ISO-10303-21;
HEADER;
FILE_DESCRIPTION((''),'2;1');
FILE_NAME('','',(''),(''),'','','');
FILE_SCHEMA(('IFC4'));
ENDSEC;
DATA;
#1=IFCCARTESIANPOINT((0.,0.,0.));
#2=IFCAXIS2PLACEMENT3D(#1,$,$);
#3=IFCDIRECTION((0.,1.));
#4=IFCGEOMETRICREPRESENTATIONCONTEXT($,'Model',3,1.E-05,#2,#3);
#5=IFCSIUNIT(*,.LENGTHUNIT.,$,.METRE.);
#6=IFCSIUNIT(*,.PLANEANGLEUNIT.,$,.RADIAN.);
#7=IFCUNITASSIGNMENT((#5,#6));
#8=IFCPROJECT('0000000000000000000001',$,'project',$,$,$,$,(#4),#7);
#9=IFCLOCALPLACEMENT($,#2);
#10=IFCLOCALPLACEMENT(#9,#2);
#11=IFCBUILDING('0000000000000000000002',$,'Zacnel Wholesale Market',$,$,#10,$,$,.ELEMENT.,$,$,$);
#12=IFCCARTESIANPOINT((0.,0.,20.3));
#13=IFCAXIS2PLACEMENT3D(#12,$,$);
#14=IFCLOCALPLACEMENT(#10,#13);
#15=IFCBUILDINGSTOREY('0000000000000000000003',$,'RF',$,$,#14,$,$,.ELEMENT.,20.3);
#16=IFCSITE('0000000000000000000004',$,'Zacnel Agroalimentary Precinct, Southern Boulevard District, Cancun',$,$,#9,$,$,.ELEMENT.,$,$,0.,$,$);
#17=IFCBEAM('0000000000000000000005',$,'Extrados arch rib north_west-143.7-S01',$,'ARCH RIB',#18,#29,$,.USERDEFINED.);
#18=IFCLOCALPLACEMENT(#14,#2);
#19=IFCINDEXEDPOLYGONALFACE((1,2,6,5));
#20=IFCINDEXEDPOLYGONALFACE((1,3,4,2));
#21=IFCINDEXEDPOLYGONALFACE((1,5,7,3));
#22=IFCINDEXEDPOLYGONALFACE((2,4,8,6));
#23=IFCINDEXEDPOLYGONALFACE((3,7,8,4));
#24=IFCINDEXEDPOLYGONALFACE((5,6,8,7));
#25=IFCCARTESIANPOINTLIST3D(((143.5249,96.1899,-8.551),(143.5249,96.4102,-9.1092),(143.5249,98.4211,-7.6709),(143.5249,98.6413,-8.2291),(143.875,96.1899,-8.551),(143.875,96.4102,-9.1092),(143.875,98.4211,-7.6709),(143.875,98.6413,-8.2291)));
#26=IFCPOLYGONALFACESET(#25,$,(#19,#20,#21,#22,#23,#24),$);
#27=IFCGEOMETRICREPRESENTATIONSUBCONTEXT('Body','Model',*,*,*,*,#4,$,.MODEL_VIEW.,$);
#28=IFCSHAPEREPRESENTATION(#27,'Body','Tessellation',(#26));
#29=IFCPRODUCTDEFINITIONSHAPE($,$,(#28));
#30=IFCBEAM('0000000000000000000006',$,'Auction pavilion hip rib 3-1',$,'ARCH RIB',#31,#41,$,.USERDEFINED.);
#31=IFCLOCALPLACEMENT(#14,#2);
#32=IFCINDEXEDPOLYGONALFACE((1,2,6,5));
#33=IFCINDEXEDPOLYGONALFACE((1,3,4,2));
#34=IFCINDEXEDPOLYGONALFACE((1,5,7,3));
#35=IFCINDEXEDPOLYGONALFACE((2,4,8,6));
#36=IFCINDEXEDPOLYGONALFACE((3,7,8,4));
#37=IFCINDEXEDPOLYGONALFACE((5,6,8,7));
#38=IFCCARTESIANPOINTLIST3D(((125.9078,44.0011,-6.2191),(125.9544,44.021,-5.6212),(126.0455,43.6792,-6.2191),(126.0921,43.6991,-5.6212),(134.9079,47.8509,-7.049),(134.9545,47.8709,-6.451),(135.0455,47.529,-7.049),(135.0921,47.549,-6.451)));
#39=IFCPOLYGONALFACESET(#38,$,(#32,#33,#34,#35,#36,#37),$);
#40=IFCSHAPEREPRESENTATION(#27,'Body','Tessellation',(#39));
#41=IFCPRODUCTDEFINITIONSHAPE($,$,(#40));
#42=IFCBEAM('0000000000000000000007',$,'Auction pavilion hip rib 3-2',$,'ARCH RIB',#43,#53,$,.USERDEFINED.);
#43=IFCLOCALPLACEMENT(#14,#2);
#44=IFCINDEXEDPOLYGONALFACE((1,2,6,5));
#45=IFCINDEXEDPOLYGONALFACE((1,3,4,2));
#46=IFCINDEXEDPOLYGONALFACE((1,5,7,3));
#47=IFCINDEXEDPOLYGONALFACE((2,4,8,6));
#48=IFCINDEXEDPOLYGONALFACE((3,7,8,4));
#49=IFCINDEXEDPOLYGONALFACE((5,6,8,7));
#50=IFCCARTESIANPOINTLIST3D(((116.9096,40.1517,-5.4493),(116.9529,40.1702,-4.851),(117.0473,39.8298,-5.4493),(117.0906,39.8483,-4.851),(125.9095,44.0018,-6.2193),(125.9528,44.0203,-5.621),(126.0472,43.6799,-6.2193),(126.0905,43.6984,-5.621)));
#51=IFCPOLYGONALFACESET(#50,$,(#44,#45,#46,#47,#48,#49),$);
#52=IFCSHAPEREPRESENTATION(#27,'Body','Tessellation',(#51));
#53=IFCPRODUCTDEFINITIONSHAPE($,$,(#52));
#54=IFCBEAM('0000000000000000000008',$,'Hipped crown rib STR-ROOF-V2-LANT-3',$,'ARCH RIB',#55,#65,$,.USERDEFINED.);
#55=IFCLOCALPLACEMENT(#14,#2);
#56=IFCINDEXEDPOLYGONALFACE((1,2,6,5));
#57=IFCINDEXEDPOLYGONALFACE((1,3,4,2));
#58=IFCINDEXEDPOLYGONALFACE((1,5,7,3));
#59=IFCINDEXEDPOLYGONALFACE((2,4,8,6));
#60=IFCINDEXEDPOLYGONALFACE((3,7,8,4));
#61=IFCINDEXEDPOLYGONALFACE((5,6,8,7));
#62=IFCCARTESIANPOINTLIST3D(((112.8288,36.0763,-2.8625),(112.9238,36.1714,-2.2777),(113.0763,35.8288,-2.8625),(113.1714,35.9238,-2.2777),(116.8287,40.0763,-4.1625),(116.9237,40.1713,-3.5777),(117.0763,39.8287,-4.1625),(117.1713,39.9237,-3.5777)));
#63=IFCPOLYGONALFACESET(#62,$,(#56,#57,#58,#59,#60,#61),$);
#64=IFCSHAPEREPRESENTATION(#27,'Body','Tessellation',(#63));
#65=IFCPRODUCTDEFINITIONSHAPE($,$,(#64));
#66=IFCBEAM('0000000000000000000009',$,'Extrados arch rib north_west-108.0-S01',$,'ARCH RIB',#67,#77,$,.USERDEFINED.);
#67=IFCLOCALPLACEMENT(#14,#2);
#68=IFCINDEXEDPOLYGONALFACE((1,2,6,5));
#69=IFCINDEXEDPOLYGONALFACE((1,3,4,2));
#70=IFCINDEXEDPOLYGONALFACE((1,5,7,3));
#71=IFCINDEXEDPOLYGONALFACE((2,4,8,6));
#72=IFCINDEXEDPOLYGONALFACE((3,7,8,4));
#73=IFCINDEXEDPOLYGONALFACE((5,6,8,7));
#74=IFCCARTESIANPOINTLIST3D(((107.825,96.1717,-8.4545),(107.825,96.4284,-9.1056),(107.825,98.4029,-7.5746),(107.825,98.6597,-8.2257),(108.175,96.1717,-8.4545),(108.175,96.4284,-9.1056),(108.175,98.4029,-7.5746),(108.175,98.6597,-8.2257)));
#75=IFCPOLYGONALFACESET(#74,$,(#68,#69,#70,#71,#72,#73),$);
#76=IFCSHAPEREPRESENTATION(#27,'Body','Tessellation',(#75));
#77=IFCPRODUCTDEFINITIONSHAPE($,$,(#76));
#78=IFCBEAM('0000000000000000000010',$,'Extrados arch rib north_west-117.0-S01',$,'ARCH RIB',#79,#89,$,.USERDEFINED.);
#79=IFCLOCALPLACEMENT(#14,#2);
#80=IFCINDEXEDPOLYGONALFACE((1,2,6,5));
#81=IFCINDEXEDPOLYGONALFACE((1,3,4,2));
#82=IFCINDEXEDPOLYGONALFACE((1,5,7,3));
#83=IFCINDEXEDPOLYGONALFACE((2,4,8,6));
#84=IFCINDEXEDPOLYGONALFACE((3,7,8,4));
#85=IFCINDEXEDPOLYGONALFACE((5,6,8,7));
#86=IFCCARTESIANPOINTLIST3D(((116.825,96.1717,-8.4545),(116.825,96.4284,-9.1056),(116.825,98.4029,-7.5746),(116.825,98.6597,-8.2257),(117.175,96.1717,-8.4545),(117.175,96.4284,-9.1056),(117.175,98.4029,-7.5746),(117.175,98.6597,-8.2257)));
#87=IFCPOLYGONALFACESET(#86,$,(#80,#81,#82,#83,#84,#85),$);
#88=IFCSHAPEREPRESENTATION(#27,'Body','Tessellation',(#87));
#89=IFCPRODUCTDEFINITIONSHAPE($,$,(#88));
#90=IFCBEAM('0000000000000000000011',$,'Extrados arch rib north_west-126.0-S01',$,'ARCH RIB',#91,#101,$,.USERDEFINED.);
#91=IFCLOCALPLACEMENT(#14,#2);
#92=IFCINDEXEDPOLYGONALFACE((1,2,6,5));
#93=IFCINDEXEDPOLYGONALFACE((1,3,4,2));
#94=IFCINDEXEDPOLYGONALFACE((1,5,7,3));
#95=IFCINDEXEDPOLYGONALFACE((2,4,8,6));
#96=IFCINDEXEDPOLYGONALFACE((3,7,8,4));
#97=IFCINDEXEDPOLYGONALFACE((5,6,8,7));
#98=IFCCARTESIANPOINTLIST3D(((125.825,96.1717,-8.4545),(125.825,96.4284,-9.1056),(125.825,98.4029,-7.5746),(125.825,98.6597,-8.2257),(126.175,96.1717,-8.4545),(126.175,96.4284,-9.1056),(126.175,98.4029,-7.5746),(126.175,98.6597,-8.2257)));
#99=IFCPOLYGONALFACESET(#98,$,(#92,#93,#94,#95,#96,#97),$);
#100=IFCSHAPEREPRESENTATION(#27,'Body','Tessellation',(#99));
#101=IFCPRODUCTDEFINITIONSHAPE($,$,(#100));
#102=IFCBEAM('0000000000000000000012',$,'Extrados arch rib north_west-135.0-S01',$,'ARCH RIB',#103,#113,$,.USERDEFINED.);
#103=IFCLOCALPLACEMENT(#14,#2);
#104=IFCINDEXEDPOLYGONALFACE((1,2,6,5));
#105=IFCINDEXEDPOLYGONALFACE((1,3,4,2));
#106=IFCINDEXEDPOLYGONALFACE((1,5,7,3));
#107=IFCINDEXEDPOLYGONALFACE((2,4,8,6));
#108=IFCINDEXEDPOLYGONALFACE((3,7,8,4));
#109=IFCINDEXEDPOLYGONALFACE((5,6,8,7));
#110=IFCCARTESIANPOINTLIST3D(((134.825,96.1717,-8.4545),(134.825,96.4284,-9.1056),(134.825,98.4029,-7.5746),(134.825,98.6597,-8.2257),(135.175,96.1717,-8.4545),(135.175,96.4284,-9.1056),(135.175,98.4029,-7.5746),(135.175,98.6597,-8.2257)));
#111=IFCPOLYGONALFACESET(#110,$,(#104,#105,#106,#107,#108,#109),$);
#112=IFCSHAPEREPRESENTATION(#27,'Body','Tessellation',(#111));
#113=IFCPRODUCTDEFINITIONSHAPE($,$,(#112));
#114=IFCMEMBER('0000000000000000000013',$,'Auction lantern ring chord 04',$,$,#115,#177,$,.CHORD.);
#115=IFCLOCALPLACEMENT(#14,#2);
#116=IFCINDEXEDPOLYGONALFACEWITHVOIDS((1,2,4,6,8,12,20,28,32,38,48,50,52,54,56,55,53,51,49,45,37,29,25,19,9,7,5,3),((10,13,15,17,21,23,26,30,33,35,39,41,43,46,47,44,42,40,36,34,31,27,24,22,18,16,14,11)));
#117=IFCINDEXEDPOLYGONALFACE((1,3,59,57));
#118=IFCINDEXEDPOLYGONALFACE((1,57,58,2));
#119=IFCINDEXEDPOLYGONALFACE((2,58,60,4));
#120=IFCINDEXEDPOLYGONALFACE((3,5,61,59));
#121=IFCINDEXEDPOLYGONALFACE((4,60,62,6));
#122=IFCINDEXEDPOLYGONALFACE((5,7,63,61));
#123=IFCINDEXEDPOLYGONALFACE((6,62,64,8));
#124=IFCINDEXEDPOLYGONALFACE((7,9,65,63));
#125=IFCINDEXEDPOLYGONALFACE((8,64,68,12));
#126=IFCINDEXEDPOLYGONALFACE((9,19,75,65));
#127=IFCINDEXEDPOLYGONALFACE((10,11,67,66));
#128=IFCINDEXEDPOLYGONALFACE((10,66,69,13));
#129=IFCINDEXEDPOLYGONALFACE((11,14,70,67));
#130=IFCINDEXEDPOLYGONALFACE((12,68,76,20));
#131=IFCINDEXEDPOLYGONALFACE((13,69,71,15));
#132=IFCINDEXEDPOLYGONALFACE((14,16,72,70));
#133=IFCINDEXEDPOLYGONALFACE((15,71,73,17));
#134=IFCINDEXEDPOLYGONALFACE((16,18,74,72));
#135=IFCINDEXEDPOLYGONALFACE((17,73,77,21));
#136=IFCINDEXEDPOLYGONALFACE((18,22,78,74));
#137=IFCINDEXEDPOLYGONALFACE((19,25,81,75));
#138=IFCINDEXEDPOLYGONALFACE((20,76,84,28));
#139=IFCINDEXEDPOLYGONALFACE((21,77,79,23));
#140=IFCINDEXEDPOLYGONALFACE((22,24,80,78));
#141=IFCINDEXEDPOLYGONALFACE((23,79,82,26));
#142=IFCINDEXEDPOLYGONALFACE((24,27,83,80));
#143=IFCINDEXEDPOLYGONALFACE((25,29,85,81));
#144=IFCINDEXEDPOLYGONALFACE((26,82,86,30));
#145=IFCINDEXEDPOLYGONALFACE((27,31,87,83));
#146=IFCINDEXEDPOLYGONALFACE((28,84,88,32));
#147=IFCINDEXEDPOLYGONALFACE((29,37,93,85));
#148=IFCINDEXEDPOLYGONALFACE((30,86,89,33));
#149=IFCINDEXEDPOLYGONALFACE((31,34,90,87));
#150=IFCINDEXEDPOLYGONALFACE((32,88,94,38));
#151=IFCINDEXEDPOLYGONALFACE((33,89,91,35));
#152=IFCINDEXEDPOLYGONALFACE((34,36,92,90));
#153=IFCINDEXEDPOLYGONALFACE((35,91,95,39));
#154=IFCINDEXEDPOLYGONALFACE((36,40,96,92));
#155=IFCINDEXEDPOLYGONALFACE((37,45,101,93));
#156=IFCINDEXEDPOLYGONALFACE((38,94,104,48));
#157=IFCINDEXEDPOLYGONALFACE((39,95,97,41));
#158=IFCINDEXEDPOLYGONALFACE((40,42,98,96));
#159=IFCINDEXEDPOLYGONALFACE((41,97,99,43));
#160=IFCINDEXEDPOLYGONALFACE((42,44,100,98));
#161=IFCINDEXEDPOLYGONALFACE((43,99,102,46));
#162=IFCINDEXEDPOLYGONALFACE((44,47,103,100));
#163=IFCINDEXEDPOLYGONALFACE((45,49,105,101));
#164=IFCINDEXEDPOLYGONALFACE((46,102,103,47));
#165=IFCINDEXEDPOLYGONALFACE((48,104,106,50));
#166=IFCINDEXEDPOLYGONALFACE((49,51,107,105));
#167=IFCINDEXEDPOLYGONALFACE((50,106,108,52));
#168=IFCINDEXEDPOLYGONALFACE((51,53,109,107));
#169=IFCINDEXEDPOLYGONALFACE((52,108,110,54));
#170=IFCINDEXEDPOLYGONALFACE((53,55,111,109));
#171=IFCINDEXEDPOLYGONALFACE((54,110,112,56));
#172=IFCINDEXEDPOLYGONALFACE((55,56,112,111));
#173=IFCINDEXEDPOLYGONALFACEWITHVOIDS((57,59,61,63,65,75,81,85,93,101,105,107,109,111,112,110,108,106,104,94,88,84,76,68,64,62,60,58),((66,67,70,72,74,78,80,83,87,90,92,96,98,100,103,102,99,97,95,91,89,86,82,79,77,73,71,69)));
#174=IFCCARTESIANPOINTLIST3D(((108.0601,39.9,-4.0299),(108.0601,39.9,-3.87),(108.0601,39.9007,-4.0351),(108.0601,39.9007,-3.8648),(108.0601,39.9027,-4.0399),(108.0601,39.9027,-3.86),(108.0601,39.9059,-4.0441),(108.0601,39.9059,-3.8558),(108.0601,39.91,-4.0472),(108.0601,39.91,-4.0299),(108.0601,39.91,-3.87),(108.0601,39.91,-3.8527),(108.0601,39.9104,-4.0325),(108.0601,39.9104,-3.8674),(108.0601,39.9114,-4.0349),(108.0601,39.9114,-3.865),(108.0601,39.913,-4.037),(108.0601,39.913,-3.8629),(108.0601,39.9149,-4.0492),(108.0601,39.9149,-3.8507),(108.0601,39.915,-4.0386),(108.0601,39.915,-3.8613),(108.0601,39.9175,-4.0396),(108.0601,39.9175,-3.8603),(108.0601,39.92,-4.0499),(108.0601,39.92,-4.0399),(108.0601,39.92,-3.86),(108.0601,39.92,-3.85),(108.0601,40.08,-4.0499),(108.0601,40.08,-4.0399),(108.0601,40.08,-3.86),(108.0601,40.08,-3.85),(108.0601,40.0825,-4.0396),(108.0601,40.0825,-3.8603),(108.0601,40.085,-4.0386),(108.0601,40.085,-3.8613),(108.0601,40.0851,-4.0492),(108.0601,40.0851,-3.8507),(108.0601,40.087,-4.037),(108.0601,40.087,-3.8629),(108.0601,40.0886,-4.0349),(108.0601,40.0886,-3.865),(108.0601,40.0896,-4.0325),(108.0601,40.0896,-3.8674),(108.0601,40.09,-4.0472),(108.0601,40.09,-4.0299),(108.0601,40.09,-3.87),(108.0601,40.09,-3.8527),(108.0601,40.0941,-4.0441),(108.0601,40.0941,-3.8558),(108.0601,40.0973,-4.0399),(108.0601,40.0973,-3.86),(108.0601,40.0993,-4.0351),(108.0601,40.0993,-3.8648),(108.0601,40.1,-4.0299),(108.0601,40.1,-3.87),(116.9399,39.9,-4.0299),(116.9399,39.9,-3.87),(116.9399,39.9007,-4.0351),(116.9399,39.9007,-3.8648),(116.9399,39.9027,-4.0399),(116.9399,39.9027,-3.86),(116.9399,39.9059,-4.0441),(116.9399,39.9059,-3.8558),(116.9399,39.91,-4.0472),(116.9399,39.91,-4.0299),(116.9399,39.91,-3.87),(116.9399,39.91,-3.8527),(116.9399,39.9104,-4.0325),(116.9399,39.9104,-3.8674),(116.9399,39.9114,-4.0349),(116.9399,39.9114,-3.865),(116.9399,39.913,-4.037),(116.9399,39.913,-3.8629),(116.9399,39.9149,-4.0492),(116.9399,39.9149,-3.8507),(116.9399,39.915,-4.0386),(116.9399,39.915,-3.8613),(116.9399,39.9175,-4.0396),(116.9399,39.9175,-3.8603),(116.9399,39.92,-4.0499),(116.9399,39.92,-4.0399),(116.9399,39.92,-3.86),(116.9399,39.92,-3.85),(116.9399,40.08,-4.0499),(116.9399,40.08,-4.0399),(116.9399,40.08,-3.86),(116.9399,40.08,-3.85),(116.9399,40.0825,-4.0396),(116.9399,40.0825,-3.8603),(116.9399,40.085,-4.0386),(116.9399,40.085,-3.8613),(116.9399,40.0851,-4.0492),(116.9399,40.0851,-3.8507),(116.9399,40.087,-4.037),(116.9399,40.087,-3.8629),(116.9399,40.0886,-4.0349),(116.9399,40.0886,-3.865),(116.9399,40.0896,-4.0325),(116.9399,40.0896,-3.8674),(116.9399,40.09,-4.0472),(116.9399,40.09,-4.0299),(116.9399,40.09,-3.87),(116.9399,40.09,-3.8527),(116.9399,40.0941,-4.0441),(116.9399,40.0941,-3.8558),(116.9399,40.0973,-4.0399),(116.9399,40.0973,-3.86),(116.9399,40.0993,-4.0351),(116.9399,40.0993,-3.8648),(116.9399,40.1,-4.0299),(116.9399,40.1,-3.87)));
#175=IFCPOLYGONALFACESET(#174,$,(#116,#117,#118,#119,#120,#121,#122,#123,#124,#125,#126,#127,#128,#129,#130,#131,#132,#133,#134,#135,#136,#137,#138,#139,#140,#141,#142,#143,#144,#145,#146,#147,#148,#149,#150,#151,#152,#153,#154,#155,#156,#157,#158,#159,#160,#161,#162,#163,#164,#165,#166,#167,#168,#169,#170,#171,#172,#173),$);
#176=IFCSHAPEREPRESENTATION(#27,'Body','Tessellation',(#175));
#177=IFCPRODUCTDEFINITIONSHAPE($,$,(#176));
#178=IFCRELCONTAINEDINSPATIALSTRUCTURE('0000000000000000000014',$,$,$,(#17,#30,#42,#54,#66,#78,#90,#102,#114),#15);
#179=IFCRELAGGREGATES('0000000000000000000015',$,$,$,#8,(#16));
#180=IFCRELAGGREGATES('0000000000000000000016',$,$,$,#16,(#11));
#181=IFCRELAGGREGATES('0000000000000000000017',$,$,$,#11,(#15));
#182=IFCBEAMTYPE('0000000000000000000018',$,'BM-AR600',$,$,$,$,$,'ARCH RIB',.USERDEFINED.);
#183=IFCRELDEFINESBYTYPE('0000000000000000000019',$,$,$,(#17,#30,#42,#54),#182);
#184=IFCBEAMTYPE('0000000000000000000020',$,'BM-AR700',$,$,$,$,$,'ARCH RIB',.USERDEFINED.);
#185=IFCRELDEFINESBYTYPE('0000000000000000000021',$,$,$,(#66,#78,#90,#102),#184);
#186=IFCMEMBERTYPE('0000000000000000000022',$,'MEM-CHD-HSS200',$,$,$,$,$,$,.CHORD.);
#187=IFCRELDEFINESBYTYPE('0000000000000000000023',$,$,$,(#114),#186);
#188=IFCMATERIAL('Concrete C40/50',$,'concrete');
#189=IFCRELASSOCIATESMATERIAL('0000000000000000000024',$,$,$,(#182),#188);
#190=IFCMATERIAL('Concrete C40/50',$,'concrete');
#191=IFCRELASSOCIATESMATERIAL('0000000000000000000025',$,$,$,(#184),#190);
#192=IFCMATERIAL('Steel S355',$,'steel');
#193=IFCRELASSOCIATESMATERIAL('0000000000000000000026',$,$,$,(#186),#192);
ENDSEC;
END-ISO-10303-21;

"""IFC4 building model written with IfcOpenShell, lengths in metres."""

from ifc_helpers import new_model, si_unit, direction, frame, origin, origin_2d, place, context, subcontext, project, spatial, rectangle, hollow_rectangle, extrude, material, material_profile, profile_set, type_object, element, save


model = new_model("IFC4")

# Units and contexts
model_context = context("Model", 3, precision=1e-05, world=origin(), true_north=direction((0.0, 1.0)))
body_context = subcontext(model_context, "Body", "Model", "MODEL_VIEW")
ifc_project = project(units=[si_unit("LENGTHUNIT", "METRE"), si_unit("PLANEANGLEUNIT", "RADIAN")], contexts=[model_context])

# Site, building, storey
site_placement = place(None, origin())
site = spatial("IfcSite", under=ifc_project, at=site_placement, Name="Zacnel Agroalimentary Precinct, Southern Boulevard District, Cancun", CompositionType="ELEMENT", RefElevation=0.0)
building_placement = place(site_placement, origin())
building = spatial("IfcBuilding", under=site, at=building_placement, Name="Zacnel Wholesale Market", CompositionType="ELEMENT")
storey_placement = place(building_placement, frame((0.0, 0.0, 20.3)))
storey = spatial("IfcBuildingStorey", under=building, at=storey_placement, Name="RF", CompositionType="ELEMENT", Elevation=20.3)

# Beams
ifc_material_1 = material(Name="Concrete C40/50", Category="concrete")
ifc_material_profile_1 = material_profile(ifc_material_1, rectangle(XDim=0.3501, YDim=0.6001, at=origin_2d()), Name="ARCH RIB 350x600")
ifc_profile_set_1 = profile_set([ifc_material_profile_1], Name="Concrete C40/50")
beam_type_1 = type_object("IfcBeamType", Name="BM-AR600", ElementType="ARCH RIB", PredefinedType="USERDEFINED", material=ifc_profile_set_1)
beam_1_placement = place(storey_placement, frame((143.7, 96.3, -8.8301), z_axis=(0.0, 0.930242, 0.366946), x_axis=(-1.0, 0.0, 0.0)))
element("IfcBeam", 1, at=beam_1_placement, inside=storey, type_object=beam_type_1, Name="Extrados arch rib north_west-143.7-S01", ObjectType="ARCH RIB", PredefinedType="USERDEFINED", context=body_context, shape_type="SweptSolid", body=[
    extrude(rectangle(XDim=0.3501, YDim=0.6001, at=origin_2d()), origin(), (0.0, 0.0, 1.0), 2.3984),
])
beam_2_placement = place(storey_placement, frame((135.0, 47.7, -6.75), z_axis=(-0.916128, -0.391884, 0.084471), x_axis=(0.39329, -0.919414, 0.0)))
element("IfcBeam", 2, at=beam_2_placement, inside=storey, type_object=beam_type_1, Name="Auction pavilion hip rib 3-1", ObjectType="ARCH RIB", PredefinedType="USERDEFINED", context=body_context, shape_type="SweptSolid", body=[
    extrude(rectangle(XDim=0.3501, YDim=0.6001, at=origin_2d()), origin(), (0.0, 0.0, 1.0), 9.824),
])
beam_3_placement = place(storey_placement, frame((126.0, 43.8501, -5.9202), z_axis=(-0.916574, -0.3921, 0.07842), x_axis=(0.393311, -0.919405, 0.0)))
element("IfcBeam", 3, at=beam_3_placement, inside=storey, type_object=beam_type_1, Name="Auction pavilion hip rib 3-2", ObjectType="ARCH RIB", PredefinedType="USERDEFINED", context=body_context, shape_type="SweptSolid", body=[
    extrude(rectangle(XDim=0.3501, YDim=0.6001, at=origin_2d()), origin(), (0.0, 0.0, 1.0), 9.8191),
])
beam_4_placement = place(storey_placement, frame((117.0, 40.0, -3.8701), z_axis=(-0.689142, -0.689142, 0.22398), x_axis=(0.707107, -0.707107, 0.0)))
element("IfcBeam", 4, at=beam_4_placement, inside=storey, type_object=beam_type_1, Name="Hipped crown rib STR-ROOF-V2-LANT-3", ObjectType="ARCH RIB", PredefinedType="USERDEFINED", context=body_context, shape_type="SweptSolid", body=[
    extrude(rectangle(XDim=0.3501, YDim=0.6001, at=origin_2d()), origin(), (0.0, 0.0, 1.0), 5.8042),
])
ifc_material_2 = material(Name="Concrete C40/50", Category="concrete")
ifc_material_profile_2 = material_profile(ifc_material_2, rectangle(XDim=0.3501, YDim=0.7, at=origin_2d()), Name="ARCH RIB 350x700")
ifc_profile_set_2 = profile_set([ifc_material_profile_2], Name="Concrete C40/50")
beam_type_2 = type_object("IfcBeamType", Name="BM-AR700", ElementType="ARCH RIB", PredefinedType="USERDEFINED", material=ifc_profile_set_2)
for number, where, z_axis, x_axis, name in (
    (5, (108.0, 96.3, -8.78), (0.0, 0.930277, 0.366858), (-1.0, 0.0, 0.0), "Extrados arch rib north_west-108.0-S01"),
    (6, (117.0, 96.3, -8.78), (0.0, 0.930277, 0.366858), (-1.0, 0.0, 0.0), "Extrados arch rib north_west-117.0-S01"),
    (7, (126.0, 96.3, -8.78), (0.0, 0.930277, 0.366858), (-1.0, 0.0, 0.0), "Extrados arch rib north_west-126.0-S01"),
    (8, (135.0, 96.3, -8.78), (0.0, 0.930277, 0.366858), (-1.0, 0.0, 0.0), "Extrados arch rib north_west-135.0-S01"),
):
    element("IfcBeam", number, at=place(storey_placement, frame(where, z_axis=z_axis, x_axis=x_axis)), inside=storey, type_object=beam_type_2, Name=name, ObjectType="ARCH RIB", PredefinedType="USERDEFINED", context=body_context, shape_type="SweptSolid", body=[
        extrude(rectangle(XDim=0.3501, YDim=0.7, at=origin_2d()), origin(), (0.0, 0.0, 1.0), 2.3984),
    ])

# Member
ifc_material_3 = material(Name="Steel S355", Category="steel")
ifc_material_profile_3 = material_profile(ifc_material_3, hollow_rectangle(XDim=0.2, YDim=0.2, WallThickness=0.01, InnerFilletRadius=0.01, OuterFilletRadius=0.02, at=origin_2d()), Name="HSS 200x200x10")
ifc_profile_set_3 = profile_set([ifc_material_profile_3], Name="Steel S355")
member_type_1 = type_object("IfcMemberType", Name="MEM-CHD-HSS200", PredefinedType="CHORD", material=ifc_profile_set_3)
member_1_placement = place(storey_placement, frame((108.0601, 40.0, -3.95), z_axis=(1.0, 0.0, 0.0), x_axis=(0.0, 1.0, 0.0)))
element("IfcMember", 9, at=member_1_placement, inside=storey, type_object=member_type_1, Name="Auction lantern ring chord 04", PredefinedType="CHORD", context=body_context, shape_type="SweptSolid", body=[
    extrude(hollow_rectangle(XDim=0.2, YDim=0.2, WallThickness=0.01, InnerFilletRadius=0.01, OuterFilletRadius=0.02, at=origin_2d()), origin(), (0.0, 0.0, 1.0), 8.8799),
])

save(model, "model.ifc")
